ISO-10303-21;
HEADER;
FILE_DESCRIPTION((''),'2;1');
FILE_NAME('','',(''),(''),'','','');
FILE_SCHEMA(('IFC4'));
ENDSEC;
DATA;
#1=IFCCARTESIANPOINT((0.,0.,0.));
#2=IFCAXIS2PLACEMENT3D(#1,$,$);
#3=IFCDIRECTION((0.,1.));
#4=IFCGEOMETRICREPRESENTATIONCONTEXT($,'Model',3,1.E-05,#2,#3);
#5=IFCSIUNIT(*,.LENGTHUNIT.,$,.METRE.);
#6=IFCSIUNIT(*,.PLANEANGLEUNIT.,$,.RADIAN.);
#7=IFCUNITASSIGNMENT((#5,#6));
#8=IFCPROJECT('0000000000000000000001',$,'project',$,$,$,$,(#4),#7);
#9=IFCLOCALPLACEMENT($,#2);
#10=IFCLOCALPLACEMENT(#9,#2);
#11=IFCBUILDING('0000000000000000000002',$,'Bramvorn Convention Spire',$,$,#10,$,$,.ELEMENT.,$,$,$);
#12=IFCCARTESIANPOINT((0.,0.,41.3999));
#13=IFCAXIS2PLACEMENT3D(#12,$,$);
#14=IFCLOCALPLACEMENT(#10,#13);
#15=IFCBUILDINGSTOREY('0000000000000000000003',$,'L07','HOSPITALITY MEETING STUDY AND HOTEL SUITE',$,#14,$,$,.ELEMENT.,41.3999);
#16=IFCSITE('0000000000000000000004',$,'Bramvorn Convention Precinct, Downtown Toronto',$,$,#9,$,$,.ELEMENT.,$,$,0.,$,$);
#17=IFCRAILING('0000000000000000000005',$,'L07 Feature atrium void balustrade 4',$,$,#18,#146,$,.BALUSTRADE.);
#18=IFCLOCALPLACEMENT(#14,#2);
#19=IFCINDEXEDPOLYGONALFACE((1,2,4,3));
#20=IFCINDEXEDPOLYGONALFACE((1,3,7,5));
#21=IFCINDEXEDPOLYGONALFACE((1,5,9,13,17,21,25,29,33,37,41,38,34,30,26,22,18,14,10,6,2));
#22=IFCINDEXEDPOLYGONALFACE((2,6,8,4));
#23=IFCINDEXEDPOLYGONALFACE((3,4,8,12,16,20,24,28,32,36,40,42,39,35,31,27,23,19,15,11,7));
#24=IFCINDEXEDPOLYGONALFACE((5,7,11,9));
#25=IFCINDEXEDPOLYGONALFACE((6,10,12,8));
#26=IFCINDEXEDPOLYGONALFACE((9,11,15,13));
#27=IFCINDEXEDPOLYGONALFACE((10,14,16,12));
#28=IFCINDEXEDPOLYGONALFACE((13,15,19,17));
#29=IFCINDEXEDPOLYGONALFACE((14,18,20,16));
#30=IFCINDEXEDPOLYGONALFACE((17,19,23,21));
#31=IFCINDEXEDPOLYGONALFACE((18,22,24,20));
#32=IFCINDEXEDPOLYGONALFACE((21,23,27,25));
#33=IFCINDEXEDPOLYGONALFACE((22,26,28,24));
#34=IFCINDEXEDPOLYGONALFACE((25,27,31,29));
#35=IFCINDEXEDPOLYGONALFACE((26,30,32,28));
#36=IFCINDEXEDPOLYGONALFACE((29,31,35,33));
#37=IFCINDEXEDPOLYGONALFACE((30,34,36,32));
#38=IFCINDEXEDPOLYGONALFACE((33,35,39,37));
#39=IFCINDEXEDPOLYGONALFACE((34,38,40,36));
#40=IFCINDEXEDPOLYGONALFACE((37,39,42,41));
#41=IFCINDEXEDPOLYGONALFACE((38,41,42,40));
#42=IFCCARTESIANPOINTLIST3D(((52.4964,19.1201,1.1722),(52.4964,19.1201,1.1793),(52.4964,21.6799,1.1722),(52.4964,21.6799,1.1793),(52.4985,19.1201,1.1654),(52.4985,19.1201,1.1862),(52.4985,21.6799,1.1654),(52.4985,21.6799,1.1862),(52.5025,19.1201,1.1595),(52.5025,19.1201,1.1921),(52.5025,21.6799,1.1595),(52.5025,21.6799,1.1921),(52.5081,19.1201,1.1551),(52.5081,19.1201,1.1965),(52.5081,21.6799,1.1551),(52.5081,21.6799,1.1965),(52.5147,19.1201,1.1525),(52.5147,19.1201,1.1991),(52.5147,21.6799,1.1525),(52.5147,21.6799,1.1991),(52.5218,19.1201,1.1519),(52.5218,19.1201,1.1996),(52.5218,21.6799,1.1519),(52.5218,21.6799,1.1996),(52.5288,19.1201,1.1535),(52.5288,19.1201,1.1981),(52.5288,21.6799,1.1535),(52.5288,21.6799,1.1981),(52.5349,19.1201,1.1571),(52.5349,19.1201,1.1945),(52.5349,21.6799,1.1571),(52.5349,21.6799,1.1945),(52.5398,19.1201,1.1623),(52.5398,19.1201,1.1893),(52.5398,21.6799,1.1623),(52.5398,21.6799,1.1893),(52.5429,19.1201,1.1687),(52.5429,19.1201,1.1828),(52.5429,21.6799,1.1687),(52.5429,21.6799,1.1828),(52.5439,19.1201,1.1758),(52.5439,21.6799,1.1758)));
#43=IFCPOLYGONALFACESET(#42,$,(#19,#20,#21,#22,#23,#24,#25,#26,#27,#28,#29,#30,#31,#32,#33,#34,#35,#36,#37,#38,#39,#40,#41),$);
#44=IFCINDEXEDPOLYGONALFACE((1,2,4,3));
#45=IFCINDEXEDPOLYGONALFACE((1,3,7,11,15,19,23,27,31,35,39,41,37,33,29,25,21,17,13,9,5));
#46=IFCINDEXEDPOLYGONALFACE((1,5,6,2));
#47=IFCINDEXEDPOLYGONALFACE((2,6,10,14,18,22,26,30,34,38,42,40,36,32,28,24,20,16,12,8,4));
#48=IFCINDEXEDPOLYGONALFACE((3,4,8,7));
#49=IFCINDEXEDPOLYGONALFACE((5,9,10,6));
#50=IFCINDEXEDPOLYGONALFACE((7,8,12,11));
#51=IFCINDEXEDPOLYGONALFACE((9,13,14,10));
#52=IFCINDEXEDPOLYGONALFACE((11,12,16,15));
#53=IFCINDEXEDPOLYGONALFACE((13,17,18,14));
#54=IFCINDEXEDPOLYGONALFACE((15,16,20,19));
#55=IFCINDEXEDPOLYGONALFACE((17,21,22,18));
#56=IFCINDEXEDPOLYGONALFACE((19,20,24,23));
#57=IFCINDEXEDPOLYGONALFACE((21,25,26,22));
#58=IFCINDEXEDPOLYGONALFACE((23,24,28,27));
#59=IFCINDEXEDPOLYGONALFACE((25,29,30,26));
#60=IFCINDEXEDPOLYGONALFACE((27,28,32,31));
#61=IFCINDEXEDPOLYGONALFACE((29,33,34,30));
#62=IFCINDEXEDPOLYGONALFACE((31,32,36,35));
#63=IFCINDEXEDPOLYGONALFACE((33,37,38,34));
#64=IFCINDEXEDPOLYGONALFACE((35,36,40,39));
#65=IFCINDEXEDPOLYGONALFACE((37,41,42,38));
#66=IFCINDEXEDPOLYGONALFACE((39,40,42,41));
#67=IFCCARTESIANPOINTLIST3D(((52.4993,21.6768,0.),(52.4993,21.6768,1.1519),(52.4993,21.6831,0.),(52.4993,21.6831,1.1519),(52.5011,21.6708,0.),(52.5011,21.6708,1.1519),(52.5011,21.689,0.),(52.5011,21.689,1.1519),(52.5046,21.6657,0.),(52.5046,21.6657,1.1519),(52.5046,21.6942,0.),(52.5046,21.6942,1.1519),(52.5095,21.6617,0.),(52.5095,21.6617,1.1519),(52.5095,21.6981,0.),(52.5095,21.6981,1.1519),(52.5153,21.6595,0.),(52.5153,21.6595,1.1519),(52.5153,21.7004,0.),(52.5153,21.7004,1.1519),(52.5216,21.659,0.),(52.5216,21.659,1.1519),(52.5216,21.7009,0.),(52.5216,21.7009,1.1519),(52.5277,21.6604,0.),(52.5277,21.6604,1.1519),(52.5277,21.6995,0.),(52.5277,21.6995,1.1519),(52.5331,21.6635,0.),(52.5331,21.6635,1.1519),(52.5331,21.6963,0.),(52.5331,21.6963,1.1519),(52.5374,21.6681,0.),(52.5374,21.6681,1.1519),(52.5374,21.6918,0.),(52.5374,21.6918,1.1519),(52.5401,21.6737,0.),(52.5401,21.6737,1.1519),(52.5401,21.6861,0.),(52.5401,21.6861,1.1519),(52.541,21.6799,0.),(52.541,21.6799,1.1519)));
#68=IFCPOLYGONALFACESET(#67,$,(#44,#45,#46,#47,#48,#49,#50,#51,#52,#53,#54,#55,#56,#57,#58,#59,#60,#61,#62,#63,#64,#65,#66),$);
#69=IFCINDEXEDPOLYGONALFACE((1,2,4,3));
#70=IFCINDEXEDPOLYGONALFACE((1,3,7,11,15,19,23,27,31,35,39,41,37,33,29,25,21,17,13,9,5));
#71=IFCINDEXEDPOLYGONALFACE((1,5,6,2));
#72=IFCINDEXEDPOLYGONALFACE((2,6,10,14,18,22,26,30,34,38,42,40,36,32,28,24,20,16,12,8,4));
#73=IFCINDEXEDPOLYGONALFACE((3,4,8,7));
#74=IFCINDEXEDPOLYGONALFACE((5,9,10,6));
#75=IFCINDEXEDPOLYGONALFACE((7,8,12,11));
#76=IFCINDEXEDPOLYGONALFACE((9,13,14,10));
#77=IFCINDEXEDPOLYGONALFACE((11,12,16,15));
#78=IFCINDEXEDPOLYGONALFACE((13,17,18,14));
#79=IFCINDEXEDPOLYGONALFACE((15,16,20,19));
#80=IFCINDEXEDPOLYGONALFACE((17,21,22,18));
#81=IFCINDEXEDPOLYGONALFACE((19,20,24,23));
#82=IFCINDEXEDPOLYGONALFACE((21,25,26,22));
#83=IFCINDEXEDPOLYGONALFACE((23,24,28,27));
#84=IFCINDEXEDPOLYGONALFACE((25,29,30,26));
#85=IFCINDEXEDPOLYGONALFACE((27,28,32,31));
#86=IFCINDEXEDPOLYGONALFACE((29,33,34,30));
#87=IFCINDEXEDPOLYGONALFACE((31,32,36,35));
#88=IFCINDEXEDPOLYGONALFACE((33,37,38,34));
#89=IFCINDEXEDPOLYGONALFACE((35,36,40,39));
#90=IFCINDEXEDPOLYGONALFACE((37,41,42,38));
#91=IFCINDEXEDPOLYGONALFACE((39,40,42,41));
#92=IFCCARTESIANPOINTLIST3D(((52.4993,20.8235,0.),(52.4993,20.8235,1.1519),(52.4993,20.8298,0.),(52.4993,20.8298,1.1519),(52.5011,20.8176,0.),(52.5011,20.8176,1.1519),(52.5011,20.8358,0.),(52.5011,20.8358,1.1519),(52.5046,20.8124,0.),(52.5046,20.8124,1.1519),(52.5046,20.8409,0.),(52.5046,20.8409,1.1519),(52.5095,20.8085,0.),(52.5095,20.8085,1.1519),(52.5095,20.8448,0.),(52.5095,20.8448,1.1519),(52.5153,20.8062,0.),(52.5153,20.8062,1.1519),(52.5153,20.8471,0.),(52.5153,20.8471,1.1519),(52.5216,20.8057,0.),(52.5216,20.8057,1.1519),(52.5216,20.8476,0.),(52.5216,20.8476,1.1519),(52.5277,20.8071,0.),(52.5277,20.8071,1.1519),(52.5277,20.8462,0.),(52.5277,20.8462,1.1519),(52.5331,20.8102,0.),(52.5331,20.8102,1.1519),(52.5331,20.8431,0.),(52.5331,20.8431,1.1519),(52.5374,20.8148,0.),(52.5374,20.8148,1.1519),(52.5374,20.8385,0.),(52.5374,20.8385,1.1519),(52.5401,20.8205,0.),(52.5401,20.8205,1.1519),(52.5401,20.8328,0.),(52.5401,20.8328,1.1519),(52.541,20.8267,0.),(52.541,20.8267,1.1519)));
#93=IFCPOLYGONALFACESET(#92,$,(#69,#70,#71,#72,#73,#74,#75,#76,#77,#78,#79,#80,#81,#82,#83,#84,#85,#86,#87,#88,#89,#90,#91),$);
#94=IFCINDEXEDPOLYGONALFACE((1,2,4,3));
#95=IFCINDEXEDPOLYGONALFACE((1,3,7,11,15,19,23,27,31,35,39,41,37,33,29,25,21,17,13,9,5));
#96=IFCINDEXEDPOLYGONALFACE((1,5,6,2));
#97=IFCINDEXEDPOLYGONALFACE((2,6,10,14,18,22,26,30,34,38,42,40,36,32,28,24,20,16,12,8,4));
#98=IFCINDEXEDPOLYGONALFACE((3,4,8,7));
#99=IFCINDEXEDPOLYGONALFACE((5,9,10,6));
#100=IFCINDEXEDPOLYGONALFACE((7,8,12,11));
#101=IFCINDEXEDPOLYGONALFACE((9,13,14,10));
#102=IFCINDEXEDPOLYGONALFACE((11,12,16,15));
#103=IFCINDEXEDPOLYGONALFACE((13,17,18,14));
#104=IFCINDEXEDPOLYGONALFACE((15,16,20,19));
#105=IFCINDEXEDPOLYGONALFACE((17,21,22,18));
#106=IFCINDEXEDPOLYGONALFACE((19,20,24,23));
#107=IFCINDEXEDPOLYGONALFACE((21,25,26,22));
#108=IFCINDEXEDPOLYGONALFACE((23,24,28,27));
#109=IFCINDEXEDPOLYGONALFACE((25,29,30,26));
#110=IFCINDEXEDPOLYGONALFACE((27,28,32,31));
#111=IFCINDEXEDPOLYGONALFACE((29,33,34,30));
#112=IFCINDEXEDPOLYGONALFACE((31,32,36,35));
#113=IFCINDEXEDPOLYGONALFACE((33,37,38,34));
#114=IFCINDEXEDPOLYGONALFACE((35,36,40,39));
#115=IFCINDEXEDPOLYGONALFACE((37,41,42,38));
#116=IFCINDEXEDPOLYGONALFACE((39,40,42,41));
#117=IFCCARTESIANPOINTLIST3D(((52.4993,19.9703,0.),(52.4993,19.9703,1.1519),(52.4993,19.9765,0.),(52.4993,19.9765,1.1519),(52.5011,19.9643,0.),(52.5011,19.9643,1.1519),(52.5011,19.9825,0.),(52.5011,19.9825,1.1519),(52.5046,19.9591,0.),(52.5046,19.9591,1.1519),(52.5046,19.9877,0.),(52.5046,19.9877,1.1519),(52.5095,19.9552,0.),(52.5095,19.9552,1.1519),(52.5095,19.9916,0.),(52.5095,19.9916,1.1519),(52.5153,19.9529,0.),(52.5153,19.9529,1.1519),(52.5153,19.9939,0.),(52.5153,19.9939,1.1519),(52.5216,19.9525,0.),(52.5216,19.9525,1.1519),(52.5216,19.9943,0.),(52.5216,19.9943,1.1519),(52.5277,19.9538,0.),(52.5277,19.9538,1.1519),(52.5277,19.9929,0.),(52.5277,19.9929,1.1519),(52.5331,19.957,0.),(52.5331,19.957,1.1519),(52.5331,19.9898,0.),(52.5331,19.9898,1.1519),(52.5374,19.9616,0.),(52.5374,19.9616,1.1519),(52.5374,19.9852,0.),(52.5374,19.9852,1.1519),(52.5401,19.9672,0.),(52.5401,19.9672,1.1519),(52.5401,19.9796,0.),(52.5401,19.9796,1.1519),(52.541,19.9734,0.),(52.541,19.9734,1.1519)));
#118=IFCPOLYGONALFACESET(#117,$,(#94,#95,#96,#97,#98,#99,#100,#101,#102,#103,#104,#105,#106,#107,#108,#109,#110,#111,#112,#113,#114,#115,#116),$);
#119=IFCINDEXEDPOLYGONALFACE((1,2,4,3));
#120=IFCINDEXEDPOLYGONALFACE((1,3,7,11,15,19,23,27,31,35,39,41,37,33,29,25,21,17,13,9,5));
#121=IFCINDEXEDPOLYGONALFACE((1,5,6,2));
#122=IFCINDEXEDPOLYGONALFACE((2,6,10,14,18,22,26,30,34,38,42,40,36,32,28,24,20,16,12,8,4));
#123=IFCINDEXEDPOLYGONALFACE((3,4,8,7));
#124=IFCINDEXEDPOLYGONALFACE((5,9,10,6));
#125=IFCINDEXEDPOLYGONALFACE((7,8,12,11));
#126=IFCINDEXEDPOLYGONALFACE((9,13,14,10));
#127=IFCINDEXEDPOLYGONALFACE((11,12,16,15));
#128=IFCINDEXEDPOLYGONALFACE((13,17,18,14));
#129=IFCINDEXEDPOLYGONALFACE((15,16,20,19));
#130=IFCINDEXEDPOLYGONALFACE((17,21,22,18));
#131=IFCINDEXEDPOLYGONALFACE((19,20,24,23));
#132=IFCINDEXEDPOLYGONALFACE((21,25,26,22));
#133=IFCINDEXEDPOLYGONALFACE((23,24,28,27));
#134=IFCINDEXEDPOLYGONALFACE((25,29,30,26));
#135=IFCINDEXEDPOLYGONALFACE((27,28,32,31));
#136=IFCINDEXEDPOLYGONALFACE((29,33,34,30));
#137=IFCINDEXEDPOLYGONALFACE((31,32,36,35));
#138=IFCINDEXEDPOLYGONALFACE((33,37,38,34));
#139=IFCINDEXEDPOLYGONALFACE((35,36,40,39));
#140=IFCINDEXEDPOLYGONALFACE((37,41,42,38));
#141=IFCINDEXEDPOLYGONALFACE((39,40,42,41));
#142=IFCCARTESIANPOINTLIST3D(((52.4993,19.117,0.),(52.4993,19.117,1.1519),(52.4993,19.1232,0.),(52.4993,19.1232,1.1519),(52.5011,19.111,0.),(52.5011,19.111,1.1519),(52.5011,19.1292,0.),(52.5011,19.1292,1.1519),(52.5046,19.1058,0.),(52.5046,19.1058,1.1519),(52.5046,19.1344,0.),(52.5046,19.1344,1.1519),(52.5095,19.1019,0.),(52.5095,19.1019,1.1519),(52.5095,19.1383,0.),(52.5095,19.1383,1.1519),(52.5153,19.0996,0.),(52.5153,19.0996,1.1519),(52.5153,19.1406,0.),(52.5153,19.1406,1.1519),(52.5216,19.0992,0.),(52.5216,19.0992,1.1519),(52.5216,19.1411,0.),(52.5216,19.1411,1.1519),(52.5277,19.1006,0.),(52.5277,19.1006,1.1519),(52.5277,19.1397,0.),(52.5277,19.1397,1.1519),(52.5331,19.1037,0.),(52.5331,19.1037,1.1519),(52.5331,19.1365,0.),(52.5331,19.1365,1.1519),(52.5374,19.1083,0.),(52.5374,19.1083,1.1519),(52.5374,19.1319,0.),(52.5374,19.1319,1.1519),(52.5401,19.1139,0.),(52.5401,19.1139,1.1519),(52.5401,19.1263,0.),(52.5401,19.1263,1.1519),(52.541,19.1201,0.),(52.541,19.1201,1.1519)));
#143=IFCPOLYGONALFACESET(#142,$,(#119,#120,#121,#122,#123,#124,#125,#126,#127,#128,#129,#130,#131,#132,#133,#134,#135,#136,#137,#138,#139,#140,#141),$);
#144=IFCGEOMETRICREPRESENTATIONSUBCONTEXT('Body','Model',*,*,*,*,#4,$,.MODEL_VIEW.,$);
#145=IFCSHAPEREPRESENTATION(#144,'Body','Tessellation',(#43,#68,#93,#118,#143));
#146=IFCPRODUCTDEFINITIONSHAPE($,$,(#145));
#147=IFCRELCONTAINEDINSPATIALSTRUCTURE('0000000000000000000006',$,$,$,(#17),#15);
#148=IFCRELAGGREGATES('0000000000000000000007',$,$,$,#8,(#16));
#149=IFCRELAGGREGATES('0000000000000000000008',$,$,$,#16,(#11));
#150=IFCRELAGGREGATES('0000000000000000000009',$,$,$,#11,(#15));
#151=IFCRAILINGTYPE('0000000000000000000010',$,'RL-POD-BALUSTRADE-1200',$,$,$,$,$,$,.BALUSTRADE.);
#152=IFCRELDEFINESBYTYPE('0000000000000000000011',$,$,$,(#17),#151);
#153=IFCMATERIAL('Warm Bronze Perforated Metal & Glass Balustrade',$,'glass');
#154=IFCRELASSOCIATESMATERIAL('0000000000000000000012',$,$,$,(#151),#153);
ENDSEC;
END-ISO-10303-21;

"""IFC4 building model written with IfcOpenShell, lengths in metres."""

from ifc_helpers import new_model, si_unit, direction, frame, origin, origin_2d, place, context, subcontext, project, spatial, circle, extrude, material, type_object, element, save


model = new_model("IFC4")

# Units and contexts
model_context = context("Model", 3, precision=1e-05, world=origin(), true_north=direction((0.0, 1.0)))
body_context = subcontext(model_context, "Body", "Model", "MODEL_VIEW")
ifc_project = project(units=[si_unit("LENGTHUNIT", "METRE"), si_unit("PLANEANGLEUNIT", "RADIAN")], contexts=[model_context])

# Site, building, storey
site_placement = place(None, origin())
site = spatial("IfcSite", under=ifc_project, at=site_placement, Name="Bramvorn Convention Precinct, Downtown Toronto", CompositionType="ELEMENT", RefElevation=0.0)
building_placement = place(site_placement, origin())
building = spatial("IfcBuilding", under=site, at=building_placement, Name="Bramvorn Convention Spire", CompositionType="ELEMENT")
storey_placement = place(building_placement, frame((0.0, 0.0, 41.3999)))
storey = spatial("IfcBuildingStorey", under=building, at=storey_placement, Name="L07", Description="HOSPITALITY MEETING STUDY AND HOTEL SUITE", CompositionType="ELEMENT", Elevation=41.3999)

# Railing
ifc_material_1 = material(Name="Warm Bronze Perforated Metal & Glass Balustrade", Category="glass")
railing_type_1 = type_object("IfcRailingType", Name="RL-POD-BALUSTRADE-1200", PredefinedType="BALUSTRADE", material=ifc_material_1)
railing_1_placement = place(storey_placement, frame((52.52, 21.6799, 0.0)))
element("IfcRailing", 1, at=railing_1_placement, inside=storey, type_object=railing_type_1, Name="L07 Feature atrium void balustrade 4", PredefinedType="BALUSTRADE", context=body_context, shape_type="SweptSolid", body=[
    extrude(circle(Radius=0.0239, at=origin_2d()), frame((0.0, 0.0, 1.1758), z_axis=(0.0, -1.0, 0.0), x_axis=(1.0, 0.0, 0.0)), (0.0, 0.0, 1.0), 2.5598),
    extrude(circle(Radius=0.021, at=origin_2d()), origin(), (0.0, 0.0, 1.0), 1.1519),
    extrude(circle(Radius=0.021, at=origin_2d()), frame((0.0, -0.8533, 0.0)), (0.0, 0.0, 1.0), 1.1519),
    extrude(circle(Radius=0.021, at=origin_2d()), frame((0.0, -1.7065, 0.0)), (0.0, 0.0, 1.0), 1.1519),
    extrude(circle(Radius=0.021, at=origin_2d()), frame((0.0, -2.5598, 0.0)), (0.0, 0.0, 1.0), 1.1519),
])

save(model, "model.ifc")
